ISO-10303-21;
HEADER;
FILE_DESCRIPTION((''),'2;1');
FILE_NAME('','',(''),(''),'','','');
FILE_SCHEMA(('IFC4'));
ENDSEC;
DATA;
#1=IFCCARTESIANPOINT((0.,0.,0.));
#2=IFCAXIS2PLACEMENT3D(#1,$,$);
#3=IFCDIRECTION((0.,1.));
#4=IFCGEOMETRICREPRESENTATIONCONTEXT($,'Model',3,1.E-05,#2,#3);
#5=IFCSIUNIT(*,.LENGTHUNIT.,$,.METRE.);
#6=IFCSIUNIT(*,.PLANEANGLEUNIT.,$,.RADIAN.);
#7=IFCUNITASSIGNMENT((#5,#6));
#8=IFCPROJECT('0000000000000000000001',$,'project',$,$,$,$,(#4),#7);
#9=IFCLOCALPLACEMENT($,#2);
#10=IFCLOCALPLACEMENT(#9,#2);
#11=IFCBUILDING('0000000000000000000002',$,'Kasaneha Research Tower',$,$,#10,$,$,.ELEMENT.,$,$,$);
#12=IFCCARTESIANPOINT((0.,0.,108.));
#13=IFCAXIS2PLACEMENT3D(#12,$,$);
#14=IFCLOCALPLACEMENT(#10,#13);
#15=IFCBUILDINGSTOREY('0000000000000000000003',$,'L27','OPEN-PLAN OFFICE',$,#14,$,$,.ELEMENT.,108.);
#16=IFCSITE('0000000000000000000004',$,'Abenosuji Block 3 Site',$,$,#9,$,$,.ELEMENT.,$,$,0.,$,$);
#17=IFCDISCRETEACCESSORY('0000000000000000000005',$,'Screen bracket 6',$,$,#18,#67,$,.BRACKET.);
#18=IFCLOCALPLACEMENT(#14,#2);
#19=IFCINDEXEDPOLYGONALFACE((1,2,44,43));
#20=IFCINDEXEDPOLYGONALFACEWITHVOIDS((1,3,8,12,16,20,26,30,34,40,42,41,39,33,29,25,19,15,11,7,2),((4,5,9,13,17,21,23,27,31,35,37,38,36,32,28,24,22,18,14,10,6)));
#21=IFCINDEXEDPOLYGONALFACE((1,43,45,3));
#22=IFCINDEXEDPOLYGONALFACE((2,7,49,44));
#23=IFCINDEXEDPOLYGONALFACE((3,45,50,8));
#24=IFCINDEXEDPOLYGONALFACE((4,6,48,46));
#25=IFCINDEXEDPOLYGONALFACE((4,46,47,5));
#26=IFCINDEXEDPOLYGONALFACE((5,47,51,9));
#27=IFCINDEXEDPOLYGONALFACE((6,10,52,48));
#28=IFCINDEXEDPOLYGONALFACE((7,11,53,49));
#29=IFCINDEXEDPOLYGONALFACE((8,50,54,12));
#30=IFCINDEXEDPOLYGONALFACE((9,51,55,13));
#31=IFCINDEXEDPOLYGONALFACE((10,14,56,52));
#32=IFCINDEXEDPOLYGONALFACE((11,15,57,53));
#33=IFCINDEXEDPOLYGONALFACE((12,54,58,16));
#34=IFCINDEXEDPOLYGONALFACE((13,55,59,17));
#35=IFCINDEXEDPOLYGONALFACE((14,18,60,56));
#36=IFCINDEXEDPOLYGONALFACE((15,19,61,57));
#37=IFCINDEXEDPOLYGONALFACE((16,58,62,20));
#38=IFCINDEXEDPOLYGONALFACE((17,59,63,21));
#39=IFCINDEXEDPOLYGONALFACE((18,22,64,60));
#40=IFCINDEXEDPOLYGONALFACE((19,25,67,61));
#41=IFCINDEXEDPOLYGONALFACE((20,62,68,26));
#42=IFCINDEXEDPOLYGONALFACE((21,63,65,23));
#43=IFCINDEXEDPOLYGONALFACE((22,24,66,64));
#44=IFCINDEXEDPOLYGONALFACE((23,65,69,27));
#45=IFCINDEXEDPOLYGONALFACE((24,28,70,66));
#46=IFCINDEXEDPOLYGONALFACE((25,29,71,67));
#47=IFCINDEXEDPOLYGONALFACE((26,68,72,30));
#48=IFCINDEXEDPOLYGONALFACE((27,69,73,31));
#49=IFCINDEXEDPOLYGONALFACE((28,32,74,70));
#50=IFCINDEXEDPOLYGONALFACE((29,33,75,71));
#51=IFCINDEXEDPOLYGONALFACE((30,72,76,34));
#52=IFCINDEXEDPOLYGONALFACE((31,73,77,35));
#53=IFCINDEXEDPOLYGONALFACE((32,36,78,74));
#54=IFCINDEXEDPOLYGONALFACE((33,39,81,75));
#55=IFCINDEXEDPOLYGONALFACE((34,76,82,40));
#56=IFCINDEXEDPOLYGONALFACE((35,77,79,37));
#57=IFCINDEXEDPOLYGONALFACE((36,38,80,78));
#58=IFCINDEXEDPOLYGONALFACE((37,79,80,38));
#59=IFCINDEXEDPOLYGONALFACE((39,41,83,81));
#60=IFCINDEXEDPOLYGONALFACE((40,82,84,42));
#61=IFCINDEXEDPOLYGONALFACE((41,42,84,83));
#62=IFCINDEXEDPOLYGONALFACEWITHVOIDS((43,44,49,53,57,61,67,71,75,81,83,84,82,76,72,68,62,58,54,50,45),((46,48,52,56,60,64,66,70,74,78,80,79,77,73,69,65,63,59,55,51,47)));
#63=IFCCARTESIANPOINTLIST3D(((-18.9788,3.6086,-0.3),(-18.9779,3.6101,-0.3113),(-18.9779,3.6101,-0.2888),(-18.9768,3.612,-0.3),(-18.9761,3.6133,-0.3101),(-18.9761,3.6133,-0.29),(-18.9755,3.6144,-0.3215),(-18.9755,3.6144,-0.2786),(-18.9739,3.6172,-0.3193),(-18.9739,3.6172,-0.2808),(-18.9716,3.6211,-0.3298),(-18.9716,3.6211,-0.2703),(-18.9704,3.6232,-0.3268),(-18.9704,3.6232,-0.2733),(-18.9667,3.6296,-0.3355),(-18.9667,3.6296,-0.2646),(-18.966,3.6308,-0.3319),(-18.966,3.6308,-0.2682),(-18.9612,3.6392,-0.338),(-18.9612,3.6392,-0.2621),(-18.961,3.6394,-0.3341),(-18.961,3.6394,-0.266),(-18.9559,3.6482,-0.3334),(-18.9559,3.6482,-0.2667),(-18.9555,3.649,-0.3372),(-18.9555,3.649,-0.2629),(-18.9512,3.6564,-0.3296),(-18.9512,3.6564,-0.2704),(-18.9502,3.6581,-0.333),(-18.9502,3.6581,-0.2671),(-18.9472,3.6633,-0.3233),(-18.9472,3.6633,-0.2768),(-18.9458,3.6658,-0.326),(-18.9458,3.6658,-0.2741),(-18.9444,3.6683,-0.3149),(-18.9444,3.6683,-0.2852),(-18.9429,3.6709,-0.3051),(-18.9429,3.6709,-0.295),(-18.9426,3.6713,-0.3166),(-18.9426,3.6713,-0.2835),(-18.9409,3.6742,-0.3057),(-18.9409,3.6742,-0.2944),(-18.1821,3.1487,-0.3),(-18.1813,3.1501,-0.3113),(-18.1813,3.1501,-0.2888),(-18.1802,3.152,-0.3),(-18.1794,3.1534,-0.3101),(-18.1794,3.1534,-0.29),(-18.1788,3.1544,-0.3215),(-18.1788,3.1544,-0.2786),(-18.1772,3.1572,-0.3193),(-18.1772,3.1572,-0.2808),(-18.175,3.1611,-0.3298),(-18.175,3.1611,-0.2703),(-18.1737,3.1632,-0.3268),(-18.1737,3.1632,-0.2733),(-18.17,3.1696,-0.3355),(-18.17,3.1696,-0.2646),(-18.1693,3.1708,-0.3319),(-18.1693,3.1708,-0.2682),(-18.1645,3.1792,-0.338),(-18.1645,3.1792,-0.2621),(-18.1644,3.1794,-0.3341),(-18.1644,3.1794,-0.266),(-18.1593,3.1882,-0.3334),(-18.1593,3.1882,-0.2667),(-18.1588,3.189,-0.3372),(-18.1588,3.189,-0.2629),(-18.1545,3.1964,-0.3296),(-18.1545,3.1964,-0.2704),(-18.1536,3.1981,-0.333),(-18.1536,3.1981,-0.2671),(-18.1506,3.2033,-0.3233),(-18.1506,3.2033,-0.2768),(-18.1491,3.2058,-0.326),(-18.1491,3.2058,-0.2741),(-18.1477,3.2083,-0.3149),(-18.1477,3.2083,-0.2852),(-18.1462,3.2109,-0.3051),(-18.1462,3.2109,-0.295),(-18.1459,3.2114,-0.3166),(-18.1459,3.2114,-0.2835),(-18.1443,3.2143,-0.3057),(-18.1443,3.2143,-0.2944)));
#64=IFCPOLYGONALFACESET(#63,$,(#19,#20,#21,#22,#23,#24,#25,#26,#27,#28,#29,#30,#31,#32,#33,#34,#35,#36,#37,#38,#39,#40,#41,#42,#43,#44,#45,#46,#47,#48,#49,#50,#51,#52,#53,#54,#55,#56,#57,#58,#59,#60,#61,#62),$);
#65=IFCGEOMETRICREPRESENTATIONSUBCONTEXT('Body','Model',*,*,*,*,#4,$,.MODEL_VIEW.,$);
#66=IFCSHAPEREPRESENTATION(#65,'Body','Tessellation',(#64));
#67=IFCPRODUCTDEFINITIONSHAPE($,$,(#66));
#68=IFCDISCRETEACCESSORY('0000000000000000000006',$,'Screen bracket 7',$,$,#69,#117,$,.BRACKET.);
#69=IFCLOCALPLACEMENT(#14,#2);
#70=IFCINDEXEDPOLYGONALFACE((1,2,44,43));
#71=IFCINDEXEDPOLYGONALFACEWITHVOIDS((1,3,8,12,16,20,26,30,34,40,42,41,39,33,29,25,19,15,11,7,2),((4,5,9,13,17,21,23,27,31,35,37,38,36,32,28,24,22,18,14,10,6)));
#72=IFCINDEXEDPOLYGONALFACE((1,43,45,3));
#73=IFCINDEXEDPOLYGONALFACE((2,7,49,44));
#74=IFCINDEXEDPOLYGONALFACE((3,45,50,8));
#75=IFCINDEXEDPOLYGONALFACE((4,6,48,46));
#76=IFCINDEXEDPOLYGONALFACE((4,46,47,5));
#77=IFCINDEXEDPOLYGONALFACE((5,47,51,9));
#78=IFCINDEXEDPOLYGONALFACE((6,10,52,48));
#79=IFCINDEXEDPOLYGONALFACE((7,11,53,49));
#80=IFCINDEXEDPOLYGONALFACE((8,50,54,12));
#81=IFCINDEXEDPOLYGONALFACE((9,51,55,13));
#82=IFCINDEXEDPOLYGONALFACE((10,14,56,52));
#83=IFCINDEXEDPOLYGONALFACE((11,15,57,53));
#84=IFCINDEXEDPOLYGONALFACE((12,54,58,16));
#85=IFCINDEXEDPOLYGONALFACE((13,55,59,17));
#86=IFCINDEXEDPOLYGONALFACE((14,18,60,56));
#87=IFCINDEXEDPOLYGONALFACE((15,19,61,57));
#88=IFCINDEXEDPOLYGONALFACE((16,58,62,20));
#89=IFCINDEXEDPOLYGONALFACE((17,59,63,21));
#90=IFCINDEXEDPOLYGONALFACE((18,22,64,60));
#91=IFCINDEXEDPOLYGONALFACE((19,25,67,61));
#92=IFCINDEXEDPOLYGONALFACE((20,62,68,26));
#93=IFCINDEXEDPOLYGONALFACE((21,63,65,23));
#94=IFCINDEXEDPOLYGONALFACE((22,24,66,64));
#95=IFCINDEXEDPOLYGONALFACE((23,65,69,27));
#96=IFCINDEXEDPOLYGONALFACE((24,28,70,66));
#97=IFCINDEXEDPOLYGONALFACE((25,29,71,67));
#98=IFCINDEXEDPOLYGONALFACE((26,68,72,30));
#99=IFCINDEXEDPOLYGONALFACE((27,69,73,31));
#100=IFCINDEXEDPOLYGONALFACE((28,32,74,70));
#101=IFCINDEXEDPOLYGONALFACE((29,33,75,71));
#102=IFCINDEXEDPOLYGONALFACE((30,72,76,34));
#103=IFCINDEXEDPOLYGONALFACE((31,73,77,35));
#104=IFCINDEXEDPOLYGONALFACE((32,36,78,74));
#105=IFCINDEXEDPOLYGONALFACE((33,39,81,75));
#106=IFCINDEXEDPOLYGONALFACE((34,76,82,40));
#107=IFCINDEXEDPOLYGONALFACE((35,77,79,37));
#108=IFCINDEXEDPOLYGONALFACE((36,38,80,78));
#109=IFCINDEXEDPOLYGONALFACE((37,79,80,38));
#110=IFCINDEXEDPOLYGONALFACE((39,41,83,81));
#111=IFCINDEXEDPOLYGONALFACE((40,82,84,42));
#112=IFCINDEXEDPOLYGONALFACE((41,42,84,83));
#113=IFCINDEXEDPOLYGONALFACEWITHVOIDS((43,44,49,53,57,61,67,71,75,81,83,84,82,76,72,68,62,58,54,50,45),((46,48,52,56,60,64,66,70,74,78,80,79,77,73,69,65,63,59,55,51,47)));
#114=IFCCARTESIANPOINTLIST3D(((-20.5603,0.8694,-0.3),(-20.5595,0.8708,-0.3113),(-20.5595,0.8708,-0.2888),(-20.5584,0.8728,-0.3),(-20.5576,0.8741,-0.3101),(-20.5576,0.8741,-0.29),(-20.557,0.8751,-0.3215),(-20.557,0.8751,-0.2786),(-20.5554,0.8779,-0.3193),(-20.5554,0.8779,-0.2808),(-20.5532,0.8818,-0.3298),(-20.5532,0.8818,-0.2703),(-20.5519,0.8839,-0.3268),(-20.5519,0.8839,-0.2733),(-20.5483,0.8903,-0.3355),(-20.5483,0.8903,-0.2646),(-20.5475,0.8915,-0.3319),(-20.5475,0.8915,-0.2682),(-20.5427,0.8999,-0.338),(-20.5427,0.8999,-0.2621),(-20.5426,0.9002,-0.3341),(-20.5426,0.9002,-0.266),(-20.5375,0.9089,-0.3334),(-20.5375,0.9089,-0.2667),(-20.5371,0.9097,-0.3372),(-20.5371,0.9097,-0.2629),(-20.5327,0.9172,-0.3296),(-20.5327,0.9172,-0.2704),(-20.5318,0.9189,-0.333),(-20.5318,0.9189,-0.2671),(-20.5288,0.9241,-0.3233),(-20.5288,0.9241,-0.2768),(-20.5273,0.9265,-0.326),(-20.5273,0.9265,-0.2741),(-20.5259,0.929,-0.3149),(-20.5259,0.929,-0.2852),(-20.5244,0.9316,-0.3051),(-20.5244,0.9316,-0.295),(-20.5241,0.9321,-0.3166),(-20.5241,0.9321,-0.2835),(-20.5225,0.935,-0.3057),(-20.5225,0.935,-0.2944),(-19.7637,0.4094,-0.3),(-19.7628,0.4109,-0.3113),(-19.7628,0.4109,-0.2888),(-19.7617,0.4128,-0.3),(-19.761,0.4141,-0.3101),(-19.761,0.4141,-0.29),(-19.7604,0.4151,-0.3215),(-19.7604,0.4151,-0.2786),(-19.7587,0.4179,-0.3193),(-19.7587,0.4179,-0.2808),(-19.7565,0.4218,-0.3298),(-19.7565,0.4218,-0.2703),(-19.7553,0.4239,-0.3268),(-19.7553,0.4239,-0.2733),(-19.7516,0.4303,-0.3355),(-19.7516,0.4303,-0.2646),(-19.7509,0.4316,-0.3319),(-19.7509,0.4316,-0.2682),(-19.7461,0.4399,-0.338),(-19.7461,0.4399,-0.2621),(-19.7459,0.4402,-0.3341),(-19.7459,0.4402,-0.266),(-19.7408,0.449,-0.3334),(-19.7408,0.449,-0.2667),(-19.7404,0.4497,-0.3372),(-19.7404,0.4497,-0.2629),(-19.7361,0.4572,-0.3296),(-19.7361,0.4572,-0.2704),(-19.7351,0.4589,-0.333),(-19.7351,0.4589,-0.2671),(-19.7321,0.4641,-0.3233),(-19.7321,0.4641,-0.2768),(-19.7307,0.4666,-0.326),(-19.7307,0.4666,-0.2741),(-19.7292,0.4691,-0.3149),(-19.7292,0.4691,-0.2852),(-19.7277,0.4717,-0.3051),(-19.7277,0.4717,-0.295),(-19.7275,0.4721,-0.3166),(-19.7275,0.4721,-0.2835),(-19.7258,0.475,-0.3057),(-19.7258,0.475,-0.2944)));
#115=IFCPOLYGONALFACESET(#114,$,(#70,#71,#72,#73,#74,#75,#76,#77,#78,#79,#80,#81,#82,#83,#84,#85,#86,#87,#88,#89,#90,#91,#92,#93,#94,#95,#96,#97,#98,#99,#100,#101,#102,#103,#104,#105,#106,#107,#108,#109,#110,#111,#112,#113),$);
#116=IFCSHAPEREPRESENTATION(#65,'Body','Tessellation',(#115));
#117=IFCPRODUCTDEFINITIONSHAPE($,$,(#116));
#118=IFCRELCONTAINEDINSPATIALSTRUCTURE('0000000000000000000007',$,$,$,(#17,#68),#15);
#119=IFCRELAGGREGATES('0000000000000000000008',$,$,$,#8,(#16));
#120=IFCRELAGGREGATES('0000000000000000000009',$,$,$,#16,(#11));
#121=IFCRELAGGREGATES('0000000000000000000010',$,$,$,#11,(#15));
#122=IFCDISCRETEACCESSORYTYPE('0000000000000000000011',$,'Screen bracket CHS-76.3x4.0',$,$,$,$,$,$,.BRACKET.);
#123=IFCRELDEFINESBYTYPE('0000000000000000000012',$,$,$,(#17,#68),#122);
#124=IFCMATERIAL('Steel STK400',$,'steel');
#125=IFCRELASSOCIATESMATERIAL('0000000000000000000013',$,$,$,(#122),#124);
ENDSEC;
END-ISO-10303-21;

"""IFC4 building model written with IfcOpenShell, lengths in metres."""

from ifc_helpers import new_model, si_unit, direction, frame, origin, origin_2d, place, context, subcontext, project, spatial, hollow_circle, extrude, material, material_profile, profile_set, type_object, element, save


model = new_model("IFC4")

# Units and contexts
model_context = context("Model", 3, precision=1e-05, world=origin(), true_north=direction((0.0, 1.0)))
body_context = subcontext(model_context, "Body", "Model", "MODEL_VIEW")
ifc_project = project(units=[si_unit("LENGTHUNIT", "METRE"), si_unit("PLANEANGLEUNIT", "RADIAN")], contexts=[model_context])

# Site, building, storey
site_placement = place(None, origin())
site = spatial("IfcSite", under=ifc_project, at=site_placement, Name="Abenosuji Block 3 Site", CompositionType="ELEMENT", RefElevation=0.0)
building_placement = place(site_placement, origin())
building = spatial("IfcBuilding", under=site, at=building_placement, Name="Kasaneha Research Tower", CompositionType="ELEMENT")
storey_placement = place(building_placement, frame((0.0, 0.0, 108.0)))
storey = spatial("IfcBuildingStorey", under=building, at=storey_placement, Name="L27", Description="OPEN-PLAN OFFICE", CompositionType="ELEMENT", Elevation=108.0)

# Discrete accessories
ifc_material_1 = material(Name="Steel STK400", Category="steel")
ifc_material_profile_1 = material_profile(ifc_material_1, hollow_circle(Radius=0.0381, WallThickness=0.0039, at=origin_2d()), Name="CHS-76.3x4.0")
ifc_profile_set_1 = profile_set([ifc_material_profile_1], Name="Steel STK400")
discrete_accessory_type = type_object("IfcDiscreteAccessoryType", Name="Screen bracket CHS-76.3x4.0", PredefinedType="BRACKET", material=ifc_profile_set_1)
for number, where, z_axis, x_axis, name in (
    (1, (-18.1631, 3.1816, -0.3), (-0.866013, 0.500021, 0.0), (-0.500021, -0.866013, 0.0), "Screen bracket 6"),
    (2, (-19.7446, 0.4424, -0.3), (-0.866013, 0.500021, 0.0), (-0.500021, -0.866013, 0.0), "Screen bracket 7"),
):
    element("IfcDiscreteAccessory", number, at=place(storey_placement, frame(where, z_axis=z_axis, x_axis=x_axis)), inside=storey, type_object=discrete_accessory_type, Name=name, PredefinedType="BRACKET", context=body_context, shape_type="SweptSolid", body=[
        extrude(hollow_circle(Radius=0.0381, WallThickness=0.0039, at=origin_2d()), origin(), (0.0, 0.0, 1.0), 0.9199),
    ])

save(model, "model.ifc")
